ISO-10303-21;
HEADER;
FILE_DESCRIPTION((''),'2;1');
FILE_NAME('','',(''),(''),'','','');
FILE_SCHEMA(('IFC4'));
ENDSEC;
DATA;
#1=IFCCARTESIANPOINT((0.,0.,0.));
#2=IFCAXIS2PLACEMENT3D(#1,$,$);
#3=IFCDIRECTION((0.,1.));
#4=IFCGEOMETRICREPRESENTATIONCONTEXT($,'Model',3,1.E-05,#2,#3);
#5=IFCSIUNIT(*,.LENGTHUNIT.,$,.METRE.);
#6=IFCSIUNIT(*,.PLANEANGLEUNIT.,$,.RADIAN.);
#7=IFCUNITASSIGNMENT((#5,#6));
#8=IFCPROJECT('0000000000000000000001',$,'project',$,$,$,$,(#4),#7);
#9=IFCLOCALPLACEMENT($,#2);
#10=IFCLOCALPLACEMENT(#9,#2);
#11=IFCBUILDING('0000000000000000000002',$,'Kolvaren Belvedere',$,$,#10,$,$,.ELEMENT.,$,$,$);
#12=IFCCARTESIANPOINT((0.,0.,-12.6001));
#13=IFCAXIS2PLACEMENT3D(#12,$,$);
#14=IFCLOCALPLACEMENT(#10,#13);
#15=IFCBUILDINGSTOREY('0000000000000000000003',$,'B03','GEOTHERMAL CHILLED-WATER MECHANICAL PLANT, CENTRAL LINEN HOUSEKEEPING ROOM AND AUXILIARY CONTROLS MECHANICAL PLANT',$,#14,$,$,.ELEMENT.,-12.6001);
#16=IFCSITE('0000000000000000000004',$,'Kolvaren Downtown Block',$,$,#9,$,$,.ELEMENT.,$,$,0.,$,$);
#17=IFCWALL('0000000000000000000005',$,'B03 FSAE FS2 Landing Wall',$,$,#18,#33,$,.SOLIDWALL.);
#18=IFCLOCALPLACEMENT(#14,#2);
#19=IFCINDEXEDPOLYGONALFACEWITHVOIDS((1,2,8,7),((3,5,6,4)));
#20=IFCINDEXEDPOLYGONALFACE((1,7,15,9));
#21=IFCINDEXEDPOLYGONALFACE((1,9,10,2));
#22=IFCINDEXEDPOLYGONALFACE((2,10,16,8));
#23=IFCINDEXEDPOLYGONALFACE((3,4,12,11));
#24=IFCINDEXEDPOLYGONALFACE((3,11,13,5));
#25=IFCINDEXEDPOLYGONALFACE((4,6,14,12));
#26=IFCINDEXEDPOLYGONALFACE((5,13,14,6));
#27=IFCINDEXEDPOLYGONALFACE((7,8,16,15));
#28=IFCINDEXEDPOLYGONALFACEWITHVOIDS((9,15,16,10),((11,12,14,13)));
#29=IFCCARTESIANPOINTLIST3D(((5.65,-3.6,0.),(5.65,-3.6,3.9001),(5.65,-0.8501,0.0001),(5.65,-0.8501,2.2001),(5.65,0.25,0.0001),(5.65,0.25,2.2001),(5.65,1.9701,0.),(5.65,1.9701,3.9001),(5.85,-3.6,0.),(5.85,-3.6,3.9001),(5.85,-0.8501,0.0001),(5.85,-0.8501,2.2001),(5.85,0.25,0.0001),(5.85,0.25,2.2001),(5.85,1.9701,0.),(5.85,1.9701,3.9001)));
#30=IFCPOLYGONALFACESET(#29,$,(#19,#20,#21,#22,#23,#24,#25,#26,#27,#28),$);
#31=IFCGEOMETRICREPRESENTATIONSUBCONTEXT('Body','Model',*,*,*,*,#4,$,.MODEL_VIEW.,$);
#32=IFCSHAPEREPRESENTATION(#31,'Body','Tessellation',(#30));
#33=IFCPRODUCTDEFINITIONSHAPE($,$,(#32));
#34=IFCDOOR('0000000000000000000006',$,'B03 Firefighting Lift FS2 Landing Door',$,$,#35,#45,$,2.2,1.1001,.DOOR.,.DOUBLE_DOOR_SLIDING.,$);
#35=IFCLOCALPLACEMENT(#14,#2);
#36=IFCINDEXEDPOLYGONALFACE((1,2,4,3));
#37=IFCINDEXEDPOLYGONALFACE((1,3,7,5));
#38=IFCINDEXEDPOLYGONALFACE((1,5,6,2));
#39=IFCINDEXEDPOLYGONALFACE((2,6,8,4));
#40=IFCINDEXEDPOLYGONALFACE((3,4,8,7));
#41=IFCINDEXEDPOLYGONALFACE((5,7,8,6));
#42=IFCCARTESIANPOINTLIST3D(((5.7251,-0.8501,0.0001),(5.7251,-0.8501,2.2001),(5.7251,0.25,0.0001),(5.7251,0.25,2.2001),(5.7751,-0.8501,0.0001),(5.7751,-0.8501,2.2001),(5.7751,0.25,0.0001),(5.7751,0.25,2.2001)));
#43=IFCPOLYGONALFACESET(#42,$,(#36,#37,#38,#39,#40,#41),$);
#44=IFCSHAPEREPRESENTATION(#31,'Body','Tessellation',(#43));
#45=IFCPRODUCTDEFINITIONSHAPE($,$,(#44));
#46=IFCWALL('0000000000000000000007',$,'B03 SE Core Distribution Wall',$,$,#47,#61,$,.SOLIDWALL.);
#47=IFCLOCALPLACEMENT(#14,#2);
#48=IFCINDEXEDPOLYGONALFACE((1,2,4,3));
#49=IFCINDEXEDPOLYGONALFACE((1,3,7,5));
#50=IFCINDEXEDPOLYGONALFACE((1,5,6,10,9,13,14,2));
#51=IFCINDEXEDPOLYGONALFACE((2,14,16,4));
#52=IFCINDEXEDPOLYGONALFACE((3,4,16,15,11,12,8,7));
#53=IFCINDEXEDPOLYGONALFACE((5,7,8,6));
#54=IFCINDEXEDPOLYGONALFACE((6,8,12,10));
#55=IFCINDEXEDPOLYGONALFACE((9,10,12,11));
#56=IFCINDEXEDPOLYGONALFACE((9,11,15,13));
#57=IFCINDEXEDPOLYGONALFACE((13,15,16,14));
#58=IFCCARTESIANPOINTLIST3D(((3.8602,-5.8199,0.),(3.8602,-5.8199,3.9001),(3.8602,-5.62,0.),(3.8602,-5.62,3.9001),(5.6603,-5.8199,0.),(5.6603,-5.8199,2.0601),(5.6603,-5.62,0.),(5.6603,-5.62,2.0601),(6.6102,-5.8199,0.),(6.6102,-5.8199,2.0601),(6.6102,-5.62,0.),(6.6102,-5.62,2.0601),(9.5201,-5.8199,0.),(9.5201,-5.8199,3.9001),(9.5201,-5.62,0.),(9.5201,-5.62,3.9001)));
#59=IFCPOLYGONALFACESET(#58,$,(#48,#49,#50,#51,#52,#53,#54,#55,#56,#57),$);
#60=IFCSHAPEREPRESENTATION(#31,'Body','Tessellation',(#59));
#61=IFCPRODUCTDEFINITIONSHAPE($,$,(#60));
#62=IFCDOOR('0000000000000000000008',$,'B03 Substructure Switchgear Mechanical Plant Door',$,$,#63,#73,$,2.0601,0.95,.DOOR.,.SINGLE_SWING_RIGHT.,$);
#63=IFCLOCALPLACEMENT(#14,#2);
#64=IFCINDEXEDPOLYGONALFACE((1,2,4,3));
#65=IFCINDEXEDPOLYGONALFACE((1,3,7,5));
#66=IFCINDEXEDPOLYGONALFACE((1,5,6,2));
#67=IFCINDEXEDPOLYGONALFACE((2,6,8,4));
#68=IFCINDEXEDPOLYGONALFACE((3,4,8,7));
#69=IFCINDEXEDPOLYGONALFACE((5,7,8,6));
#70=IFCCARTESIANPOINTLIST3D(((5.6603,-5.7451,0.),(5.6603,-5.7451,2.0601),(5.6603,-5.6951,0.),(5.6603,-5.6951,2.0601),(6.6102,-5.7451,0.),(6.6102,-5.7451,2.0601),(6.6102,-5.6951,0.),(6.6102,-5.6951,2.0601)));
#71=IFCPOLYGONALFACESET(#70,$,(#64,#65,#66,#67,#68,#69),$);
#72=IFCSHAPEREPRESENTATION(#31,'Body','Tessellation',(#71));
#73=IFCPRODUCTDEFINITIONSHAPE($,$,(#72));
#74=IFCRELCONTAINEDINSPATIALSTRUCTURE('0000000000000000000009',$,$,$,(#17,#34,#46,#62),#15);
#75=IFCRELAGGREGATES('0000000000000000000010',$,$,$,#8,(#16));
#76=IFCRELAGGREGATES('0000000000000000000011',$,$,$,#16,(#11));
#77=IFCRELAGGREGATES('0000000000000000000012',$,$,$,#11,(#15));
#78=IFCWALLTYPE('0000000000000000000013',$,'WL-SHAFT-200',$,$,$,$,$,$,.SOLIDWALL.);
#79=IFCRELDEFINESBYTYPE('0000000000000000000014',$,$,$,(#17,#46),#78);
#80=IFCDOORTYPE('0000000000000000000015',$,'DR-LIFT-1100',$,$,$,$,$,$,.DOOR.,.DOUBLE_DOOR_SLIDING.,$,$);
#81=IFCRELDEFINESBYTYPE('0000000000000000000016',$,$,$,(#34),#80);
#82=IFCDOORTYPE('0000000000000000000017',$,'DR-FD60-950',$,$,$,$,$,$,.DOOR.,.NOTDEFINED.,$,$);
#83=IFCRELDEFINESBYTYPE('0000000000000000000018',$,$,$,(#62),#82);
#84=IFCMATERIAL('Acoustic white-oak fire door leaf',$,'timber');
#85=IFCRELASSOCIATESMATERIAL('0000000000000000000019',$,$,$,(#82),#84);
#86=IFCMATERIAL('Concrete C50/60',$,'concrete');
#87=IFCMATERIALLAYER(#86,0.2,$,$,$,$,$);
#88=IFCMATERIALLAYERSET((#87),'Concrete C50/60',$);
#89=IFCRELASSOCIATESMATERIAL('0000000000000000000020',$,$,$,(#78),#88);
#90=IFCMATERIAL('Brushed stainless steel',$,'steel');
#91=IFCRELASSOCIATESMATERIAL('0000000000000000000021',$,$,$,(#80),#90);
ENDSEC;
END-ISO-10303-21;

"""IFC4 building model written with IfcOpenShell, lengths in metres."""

from ifc_helpers import new_model, si_unit, direction, frame, frame_2d, origin, place, context, subcontext, project, spatial, rectangle, extrude, material, layer, layer_set, type_object, element, fill, save


model = new_model("IFC4")

# Units and contexts
model_context = context("Model", 3, precision=1e-05, world=origin(), true_north=direction((0.0, 1.0)))
body_context = subcontext(model_context, "Body", "Model", "MODEL_VIEW")
ifc_project = project(units=[si_unit("LENGTHUNIT", "METRE"), si_unit("PLANEANGLEUNIT", "RADIAN")], contexts=[model_context])

# Site, building, storey
site_placement = place(None, origin())
site = spatial("IfcSite", under=ifc_project, at=site_placement, Name="Kolvaren Downtown Block", CompositionType="ELEMENT", RefElevation=0.0)
building_placement = place(site_placement, origin())
building = spatial("IfcBuilding", under=site, at=building_placement, Name="Kolvaren Belvedere", CompositionType="ELEMENT")
storey_placement = place(building_placement, frame((0.0, 0.0, -12.6001)))
storey = spatial("IfcBuildingStorey", under=building, at=storey_placement, Name="B03", Description="GEOTHERMAL CHILLED-WATER MECHANICAL PLANT, CENTRAL LINEN HOUSEKEEPING ROOM AND AUXILIARY CONTROLS MECHANICAL PLANT", CompositionType="ELEMENT", Elevation=-12.6001)

# Walls, openings, doors
ifc_material_1 = material(Name="Acoustic white-oak fire door leaf", Category="timber")
door_type_1 = type_object("IfcDoorType", Name="DR-FD60-950", OperationType="NOTDEFINED", PredefinedType="DOOR", material=ifc_material_1)
ifc_material_2 = material(Name="Concrete C50/60", Category="concrete")
ifc_layer_1 = layer(ifc_material_2, 0.2)
ifc_layer_set_1 = layer_set([ifc_layer_1], Name="Concrete C50/60")
wall_type_1 = type_object("IfcWallType", Name="WL-SHAFT-200", PredefinedType="SOLIDWALL", material=ifc_layer_set_1)
wall_1_placement = place(storey_placement, frame((5.75, -3.6001, 0.0), z_axis=(0.0, 0.0, 1.0), x_axis=(0.0, 1.0, 0.0)))
wall_1 = element("IfcWall", 1, at=wall_1_placement, inside=storey, type_object=wall_type_1, Name="B03 FSAE FS2 Landing Wall", PredefinedType="SOLIDWALL", context=body_context, shape_type="SweptSolid", body=[
    extrude(rectangle(XDim=5.5701, YDim=0.2, at=frame_2d((2.7852, 0.0))), origin(), (0.0, 0.0, 1.0), 3.9001),
])
opening_1_placement = place(wall_1_placement, frame((2.75, 0.0, 0.0)))
opening_1 = element("IfcOpeningElement", 2, at=opening_1_placement, cuts=wall_1, PredefinedType="OPENING", context=body_context, shape_type="SweptSolid", body=[
    extrude(rectangle(XDim=1.1001, YDim=2.2, at=frame_2d((0.55, 1.1001))), frame((0.0, 0.1099, 0.0), z_axis=(0.0, -1.0, 0.0), x_axis=(1.0, 0.0, 0.0)), (0.0, 0.0, 1.0), 0.22),
])
ifc_material_3 = material(Name="Brushed stainless steel", Category="steel")
door_type_2 = type_object("IfcDoorType", Name="DR-LIFT-1100", OperationType="DOUBLE_DOOR_SLIDING", PredefinedType="DOOR", material=ifc_material_3)
door_1_placement = place(opening_1_placement, origin())
door_1 = element("IfcDoor", 3, at=door_1_placement, inside=storey, type_object=door_type_2, Name="B03 Firefighting Lift FS2 Landing Door", OperationType="DOUBLE_DOOR_SLIDING", OverallHeight=2.2, OverallWidth=1.1001, PredefinedType="DOOR", context=body_context, shape_type="SweptSolid", body=[
    extrude(rectangle(XDim=1.1001, YDim=2.2, at=frame_2d((0.55, 1.1001))), frame((0.0, 0.0249, 0.0), z_axis=(0.0, -1.0, 0.0), x_axis=(1.0, 0.0, 0.0)), (0.0, 0.0, 1.0), 0.05),
])
fill(opening_1, door_1)
wall_2_placement = place(storey_placement, frame((3.8601, -5.72, 0.0), z_axis=(0.0, 0.0, 1.0), x_axis=(1.0, 0.0, 0.0)))
wall_2 = element("IfcWall", 4, at=wall_2_placement, inside=storey, type_object=wall_type_1, Name="B03 SE Core Distribution Wall", PredefinedType="SOLIDWALL", context=body_context, shape_type="SweptSolid", body=[
    extrude(rectangle(XDim=5.6599, YDim=0.2, at=frame_2d((2.8301, 0.0))), origin(), (0.0, 0.0, 1.0), 3.9001),
])
opening_2_placement = place(wall_2_placement, frame((1.8, 0.0, 0.0)))
opening_2 = element("IfcOpeningElement", 5, at=opening_2_placement, cuts=wall_2, PredefinedType="OPENING", context=body_context, shape_type="SweptSolid", body=[
    extrude(rectangle(XDim=0.95, YDim=2.0601, at=frame_2d((0.4751, 1.03))), frame((0.0, 0.1099, 0.0), z_axis=(0.0, -1.0, 0.0), x_axis=(1.0, 0.0, 0.0)), (0.0, 0.0, 1.0), 0.22),
])
door_2_placement = place(opening_2_placement, origin())
door_2 = element("IfcDoor", 6, at=door_2_placement, inside=storey, type_object=door_type_1, Name="B03 Substructure Switchgear Mechanical Plant Door", OperationType="SINGLE_SWING_RIGHT", OverallHeight=2.0601, OverallWidth=0.95, PredefinedType="DOOR", context=body_context, shape_type="SweptSolid", body=[
    extrude(rectangle(XDim=0.95, YDim=2.0601, at=frame_2d((0.4751, 1.03))), frame((0.0, 0.0249, 0.0), z_axis=(0.0, -1.0, 0.0), x_axis=(1.0, 0.0, 0.0)), (0.0, 0.0, 1.0), 0.05),
])
fill(opening_2, door_2)

save(model, "model.ifc")
